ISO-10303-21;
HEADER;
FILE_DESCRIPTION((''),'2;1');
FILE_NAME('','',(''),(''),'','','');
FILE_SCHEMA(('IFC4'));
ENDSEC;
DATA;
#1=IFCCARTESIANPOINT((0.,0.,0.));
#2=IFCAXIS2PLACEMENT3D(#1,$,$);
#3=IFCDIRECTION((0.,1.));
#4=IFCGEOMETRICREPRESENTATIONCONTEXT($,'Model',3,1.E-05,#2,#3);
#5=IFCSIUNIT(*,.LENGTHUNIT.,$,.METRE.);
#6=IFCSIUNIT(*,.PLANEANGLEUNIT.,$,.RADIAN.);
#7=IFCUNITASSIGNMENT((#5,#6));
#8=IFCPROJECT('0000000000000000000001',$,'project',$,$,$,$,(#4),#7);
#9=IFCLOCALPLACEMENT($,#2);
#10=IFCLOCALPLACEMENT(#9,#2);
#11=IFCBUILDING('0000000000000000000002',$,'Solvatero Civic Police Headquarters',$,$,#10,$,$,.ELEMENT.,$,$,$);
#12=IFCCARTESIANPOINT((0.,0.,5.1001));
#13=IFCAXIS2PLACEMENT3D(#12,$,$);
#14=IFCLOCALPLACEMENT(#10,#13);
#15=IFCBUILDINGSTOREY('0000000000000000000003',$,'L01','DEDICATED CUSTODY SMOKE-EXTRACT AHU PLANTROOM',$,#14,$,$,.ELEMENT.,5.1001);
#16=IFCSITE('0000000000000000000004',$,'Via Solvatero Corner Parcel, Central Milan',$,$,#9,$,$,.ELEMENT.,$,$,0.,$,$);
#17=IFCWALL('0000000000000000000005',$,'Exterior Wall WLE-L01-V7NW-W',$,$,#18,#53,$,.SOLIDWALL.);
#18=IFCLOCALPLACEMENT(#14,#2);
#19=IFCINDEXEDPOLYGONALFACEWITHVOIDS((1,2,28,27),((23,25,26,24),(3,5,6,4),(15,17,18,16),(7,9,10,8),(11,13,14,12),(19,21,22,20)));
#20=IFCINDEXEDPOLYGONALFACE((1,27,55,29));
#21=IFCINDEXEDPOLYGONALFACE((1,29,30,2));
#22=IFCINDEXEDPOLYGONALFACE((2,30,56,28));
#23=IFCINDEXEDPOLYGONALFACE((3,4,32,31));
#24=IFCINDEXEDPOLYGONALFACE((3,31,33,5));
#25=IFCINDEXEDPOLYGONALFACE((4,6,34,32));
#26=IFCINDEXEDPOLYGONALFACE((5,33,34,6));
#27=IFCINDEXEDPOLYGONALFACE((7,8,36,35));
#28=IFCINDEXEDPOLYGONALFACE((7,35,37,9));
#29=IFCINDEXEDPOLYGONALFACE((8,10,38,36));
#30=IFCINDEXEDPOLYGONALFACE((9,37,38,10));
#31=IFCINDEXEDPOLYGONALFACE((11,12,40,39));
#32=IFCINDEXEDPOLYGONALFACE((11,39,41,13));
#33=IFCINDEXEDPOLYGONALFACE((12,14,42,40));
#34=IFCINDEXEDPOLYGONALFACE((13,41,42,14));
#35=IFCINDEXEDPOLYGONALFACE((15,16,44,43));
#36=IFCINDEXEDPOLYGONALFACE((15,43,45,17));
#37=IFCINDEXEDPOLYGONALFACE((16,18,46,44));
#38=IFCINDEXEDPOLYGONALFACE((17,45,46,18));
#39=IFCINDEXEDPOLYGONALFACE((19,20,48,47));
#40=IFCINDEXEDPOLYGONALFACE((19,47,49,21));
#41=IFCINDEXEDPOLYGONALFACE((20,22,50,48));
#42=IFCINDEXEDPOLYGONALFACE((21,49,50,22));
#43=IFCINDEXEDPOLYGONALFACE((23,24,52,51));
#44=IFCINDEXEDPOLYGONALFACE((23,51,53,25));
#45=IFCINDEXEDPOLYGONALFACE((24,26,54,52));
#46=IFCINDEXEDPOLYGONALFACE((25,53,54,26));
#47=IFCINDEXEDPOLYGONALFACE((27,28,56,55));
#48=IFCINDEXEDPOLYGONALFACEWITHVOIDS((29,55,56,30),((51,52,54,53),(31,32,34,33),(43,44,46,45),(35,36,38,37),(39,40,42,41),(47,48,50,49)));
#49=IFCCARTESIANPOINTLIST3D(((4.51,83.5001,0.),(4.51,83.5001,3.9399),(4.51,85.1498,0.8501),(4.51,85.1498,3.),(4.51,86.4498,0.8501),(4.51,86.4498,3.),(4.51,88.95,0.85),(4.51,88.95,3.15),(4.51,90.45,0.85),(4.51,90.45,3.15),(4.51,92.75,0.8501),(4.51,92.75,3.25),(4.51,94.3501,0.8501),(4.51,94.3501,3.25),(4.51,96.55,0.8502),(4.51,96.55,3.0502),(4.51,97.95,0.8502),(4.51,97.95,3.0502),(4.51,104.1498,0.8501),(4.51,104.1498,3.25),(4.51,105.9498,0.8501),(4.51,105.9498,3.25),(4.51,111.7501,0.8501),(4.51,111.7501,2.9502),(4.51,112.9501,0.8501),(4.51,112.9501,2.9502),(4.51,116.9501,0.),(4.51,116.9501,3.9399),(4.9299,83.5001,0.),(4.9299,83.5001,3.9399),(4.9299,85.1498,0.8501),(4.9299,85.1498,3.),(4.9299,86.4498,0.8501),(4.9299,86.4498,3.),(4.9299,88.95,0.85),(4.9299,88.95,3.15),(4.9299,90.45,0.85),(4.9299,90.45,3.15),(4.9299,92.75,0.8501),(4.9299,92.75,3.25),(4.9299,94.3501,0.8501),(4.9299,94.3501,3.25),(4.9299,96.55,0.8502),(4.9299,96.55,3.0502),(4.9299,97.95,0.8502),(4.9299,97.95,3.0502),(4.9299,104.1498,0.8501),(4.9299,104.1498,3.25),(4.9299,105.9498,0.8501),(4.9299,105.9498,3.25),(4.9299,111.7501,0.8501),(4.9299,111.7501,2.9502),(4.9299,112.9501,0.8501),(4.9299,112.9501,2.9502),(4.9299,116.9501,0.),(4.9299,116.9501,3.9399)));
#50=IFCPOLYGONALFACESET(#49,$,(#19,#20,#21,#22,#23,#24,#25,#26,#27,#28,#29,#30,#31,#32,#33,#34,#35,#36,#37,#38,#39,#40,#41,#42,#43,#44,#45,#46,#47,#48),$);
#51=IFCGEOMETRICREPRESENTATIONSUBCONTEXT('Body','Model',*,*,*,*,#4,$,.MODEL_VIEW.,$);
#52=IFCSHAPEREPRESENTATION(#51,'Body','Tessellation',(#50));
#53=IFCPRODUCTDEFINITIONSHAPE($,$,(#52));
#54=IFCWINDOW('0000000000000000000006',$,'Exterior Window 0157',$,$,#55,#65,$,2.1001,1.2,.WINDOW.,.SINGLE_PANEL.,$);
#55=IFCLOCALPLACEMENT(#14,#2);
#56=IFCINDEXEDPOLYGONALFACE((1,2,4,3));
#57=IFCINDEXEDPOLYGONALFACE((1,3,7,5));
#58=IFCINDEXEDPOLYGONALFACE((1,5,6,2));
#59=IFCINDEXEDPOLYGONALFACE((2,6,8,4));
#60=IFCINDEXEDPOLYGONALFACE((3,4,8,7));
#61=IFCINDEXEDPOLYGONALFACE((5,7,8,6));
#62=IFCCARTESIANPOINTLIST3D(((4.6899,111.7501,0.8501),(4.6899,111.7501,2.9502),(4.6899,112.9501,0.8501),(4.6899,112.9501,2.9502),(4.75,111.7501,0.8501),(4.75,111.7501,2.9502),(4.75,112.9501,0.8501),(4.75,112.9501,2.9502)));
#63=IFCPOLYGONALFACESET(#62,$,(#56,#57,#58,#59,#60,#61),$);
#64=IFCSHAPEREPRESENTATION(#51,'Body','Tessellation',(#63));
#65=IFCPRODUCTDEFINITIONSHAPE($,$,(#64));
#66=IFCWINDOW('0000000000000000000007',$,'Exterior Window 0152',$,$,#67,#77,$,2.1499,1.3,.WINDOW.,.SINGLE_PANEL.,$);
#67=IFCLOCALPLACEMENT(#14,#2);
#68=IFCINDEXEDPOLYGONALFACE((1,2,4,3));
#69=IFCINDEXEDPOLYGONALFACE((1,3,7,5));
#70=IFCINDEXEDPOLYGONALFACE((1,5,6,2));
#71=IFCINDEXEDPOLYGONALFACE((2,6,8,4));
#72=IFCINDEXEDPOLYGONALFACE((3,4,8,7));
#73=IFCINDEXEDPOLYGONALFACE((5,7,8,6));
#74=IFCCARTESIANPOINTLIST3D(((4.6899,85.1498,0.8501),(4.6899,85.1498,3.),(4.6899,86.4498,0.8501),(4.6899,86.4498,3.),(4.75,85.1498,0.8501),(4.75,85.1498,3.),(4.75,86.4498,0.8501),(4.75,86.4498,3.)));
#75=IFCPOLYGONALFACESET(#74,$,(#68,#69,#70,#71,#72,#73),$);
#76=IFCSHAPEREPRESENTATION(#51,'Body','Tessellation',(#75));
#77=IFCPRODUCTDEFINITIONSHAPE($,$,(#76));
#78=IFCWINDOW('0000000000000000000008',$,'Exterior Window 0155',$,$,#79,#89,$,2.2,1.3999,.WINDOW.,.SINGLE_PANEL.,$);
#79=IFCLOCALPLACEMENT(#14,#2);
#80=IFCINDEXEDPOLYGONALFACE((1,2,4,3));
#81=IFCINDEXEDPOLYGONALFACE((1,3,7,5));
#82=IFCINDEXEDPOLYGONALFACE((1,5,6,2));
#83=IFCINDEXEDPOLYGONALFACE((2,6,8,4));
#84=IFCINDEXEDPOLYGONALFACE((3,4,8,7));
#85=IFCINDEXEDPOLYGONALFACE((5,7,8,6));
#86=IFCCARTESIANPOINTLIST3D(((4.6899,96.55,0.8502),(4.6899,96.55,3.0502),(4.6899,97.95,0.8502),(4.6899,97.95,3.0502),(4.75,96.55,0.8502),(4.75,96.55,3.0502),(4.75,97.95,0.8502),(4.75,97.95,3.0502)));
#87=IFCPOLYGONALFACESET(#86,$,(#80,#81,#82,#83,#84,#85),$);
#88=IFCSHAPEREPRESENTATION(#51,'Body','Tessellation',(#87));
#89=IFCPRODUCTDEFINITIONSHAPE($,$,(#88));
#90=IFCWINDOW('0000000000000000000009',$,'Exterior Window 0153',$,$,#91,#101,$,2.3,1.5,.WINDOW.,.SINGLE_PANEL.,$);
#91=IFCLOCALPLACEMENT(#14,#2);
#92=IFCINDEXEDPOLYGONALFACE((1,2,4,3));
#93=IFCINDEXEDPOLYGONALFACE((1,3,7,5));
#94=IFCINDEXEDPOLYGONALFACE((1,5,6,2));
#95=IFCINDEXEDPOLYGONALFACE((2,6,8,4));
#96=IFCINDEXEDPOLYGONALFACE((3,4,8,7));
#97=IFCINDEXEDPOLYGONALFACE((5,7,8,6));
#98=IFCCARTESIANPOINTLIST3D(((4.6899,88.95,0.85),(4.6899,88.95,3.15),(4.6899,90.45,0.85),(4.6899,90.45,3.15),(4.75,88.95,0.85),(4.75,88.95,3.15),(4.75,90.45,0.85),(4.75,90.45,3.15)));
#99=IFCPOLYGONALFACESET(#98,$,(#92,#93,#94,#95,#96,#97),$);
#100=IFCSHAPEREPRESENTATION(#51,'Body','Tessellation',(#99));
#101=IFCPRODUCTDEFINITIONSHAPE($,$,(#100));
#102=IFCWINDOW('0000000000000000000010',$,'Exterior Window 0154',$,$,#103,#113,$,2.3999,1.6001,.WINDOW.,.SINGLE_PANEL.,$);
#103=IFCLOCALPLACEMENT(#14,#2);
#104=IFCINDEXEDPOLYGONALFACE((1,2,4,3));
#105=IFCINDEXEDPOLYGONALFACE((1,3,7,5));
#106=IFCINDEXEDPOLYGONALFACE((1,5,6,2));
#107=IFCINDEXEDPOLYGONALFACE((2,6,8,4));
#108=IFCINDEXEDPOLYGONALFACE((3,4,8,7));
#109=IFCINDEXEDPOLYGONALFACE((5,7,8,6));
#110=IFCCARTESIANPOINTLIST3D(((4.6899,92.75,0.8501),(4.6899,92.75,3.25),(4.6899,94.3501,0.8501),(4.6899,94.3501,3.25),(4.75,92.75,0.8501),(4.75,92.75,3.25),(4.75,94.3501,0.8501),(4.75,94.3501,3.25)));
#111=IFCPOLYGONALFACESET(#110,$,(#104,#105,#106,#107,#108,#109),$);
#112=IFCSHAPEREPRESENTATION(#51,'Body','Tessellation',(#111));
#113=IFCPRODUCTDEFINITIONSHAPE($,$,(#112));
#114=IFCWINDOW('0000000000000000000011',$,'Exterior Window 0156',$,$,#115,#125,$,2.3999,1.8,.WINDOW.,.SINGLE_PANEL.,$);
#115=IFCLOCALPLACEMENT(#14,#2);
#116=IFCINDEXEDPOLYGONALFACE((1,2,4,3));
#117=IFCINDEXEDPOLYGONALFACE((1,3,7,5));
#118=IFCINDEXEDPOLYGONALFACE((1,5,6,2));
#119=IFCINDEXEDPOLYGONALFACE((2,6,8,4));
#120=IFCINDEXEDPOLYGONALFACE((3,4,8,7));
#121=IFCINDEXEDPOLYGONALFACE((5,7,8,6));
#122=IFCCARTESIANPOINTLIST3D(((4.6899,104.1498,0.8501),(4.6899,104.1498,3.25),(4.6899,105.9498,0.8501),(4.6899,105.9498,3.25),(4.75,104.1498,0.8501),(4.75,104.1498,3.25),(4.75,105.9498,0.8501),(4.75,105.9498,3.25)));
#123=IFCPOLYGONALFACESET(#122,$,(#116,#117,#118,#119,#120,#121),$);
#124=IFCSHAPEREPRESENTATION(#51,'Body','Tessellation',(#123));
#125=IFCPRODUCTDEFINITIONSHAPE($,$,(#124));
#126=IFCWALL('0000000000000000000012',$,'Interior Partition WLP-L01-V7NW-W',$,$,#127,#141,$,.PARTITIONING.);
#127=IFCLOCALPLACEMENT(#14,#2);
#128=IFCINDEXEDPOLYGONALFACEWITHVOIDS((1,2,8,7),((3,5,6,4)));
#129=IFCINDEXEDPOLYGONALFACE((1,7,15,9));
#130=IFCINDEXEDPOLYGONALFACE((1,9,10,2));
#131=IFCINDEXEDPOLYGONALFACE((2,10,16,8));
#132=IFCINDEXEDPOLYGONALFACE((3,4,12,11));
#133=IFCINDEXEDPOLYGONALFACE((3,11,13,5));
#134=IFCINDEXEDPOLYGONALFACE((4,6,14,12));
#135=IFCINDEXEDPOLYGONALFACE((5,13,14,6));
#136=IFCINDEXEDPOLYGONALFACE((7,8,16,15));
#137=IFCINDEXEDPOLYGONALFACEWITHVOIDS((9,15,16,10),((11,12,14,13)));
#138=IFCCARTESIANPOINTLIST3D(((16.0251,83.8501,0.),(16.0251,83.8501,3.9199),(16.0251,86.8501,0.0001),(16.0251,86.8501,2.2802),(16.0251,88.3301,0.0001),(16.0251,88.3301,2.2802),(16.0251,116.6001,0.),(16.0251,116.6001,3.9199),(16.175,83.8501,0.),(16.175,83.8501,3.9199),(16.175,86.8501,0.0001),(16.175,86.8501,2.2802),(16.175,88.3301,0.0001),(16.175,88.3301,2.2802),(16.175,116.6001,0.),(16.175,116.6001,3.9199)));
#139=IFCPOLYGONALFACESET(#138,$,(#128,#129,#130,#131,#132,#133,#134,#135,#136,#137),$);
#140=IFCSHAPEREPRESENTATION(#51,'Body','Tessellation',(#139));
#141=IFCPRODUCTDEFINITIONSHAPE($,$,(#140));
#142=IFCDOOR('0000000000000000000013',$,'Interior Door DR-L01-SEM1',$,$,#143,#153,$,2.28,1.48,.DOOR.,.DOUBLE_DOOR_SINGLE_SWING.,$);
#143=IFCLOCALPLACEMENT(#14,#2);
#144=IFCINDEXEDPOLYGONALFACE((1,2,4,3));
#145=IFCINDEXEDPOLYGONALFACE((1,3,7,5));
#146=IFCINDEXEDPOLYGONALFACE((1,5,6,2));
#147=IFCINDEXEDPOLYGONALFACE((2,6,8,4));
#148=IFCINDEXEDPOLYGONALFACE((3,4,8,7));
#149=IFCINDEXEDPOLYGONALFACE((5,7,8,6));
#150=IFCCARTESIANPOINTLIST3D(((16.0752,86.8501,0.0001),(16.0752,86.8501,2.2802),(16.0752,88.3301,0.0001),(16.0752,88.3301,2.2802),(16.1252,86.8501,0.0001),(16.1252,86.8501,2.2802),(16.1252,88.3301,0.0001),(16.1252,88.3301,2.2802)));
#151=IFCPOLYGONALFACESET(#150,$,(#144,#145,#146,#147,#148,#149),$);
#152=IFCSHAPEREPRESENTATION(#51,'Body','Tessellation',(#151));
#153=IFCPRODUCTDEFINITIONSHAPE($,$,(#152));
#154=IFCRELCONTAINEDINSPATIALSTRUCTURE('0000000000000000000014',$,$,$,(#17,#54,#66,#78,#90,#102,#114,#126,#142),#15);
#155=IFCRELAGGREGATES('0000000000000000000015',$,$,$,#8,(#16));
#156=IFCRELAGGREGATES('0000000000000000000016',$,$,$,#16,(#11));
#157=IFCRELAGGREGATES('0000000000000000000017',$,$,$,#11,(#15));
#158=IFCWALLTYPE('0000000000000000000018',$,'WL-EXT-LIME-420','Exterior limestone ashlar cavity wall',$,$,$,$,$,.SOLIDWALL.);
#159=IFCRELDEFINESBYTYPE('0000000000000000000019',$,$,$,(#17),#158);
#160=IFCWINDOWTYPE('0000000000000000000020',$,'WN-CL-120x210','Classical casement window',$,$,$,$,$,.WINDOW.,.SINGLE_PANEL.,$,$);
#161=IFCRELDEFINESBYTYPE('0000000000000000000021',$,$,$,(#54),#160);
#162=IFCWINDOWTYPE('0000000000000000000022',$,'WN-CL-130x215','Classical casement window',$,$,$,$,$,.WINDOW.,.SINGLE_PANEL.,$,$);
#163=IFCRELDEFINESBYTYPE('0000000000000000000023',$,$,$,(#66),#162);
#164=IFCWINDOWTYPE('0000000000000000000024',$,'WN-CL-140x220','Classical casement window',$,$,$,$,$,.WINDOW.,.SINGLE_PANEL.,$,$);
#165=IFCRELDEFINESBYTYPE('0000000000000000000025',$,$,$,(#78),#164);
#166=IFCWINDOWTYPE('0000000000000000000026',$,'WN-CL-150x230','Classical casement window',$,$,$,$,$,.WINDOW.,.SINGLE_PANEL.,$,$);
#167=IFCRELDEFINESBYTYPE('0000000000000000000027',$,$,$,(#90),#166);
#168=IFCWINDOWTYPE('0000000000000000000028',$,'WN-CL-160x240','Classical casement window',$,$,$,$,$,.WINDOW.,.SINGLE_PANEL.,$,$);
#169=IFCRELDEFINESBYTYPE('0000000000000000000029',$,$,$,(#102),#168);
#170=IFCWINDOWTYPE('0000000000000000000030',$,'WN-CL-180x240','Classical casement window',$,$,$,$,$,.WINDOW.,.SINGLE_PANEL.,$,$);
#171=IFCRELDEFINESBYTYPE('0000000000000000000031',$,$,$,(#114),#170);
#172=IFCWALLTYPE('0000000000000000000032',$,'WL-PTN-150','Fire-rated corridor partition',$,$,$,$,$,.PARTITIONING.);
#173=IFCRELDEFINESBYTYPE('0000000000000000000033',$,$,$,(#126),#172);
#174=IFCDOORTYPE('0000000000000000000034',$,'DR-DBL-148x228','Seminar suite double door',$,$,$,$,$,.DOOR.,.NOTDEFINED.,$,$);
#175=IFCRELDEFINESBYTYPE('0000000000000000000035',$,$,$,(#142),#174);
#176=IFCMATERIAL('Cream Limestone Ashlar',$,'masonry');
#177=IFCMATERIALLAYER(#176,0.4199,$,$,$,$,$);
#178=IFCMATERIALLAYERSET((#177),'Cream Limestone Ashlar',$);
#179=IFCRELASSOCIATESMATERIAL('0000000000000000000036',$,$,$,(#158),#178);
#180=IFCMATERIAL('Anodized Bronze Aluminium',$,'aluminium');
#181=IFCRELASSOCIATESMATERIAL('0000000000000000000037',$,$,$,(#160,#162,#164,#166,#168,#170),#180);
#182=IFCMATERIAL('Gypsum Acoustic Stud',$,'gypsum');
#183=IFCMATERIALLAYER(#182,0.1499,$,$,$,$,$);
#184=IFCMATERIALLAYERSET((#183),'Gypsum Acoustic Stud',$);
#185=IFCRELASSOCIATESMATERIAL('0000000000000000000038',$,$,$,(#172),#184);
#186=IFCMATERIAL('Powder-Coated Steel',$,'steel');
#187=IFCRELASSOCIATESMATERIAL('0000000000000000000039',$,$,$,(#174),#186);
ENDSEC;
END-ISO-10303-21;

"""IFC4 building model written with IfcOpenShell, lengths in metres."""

from ifc_helpers import new_model, si_unit, direction, frame, frame_2d, origin, place, context, subcontext, project, spatial, rectangle, extrude, material, layer, layer_set, type_object, element, fill, save


model = new_model("IFC4")

# Units and contexts
model_context = context("Model", 3, precision=1e-05, world=origin(), true_north=direction((0.0, 1.0)))
body_context = subcontext(model_context, "Body", "Model", "MODEL_VIEW")
ifc_project = project(units=[si_unit("LENGTHUNIT", "METRE"), si_unit("PLANEANGLEUNIT", "RADIAN")], contexts=[model_context])

# Site, building, storey
site_placement = place(None, origin())
site = spatial("IfcSite", under=ifc_project, at=site_placement, Name="Via Solvatero Corner Parcel, Central Milan", CompositionType="ELEMENT", RefElevation=0.0)
building_placement = place(site_placement, origin())
building = spatial("IfcBuilding", under=site, at=building_placement, Name="Solvatero Civic Police Headquarters", CompositionType="ELEMENT")
storey_placement = place(building_placement, frame((0.0, 0.0, 5.1001)))
storey = spatial("IfcBuildingStorey", under=building, at=storey_placement, Name="L01", Description="DEDICATED CUSTODY SMOKE-EXTRACT AHU PLANTROOM", CompositionType="ELEMENT", Elevation=5.1001)

# Wall, openings, windows
ifc_material_1 = material(Name="Cream Limestone Ashlar", Category="masonry")
ifc_layer_1 = layer(ifc_material_1, 0.4199)
ifc_layer_set_1 = layer_set([ifc_layer_1], Name="Cream Limestone Ashlar")
wall_type_1 = type_object("IfcWallType", Name="WL-EXT-LIME-420", Description="Exterior limestone ashlar cavity wall", PredefinedType="SOLIDWALL", material=ifc_layer_set_1)
wall_1_placement = place(storey_placement, frame((4.72, 83.5, 0.0), z_axis=(0.0, 0.0, 1.0), x_axis=(0.0, 1.0, 0.0)))
wall_1 = element("IfcWall", 1, at=wall_1_placement, inside=storey, type_object=wall_type_1, Name="Exterior Wall WLE-L01-V7NW-W", PredefinedType="SOLIDWALL", context=body_context, shape_type="SweptSolid", body=[
    extrude(rectangle(XDim=33.45, YDim=0.4199, at=frame_2d((16.7251, 0.0))), origin(), (0.0, 0.0, 1.0), 3.9399),
])
opening_1_placement = place(wall_1_placement, frame((1.6499, 0.0, 0.8501)))
opening_1 = element("IfcOpeningElement", 2, at=opening_1_placement, cuts=wall_1, PredefinedType="OPENING", context=body_context, shape_type="SweptSolid", body=[
    extrude(rectangle(XDim=1.3, YDim=2.1499, at=frame_2d((0.6499, 1.075))), frame((0.0, 0.22, 0.0), z_axis=(0.0, -1.0, 0.0), x_axis=(1.0, 0.0, 0.0)), (0.0, 0.0, 1.0), 0.4399),
])
opening_2_placement = place(wall_1_placement, frame((5.45, 0.0, 0.8501)))
opening_2 = element("IfcOpeningElement", 3, at=opening_2_placement, cuts=wall_1, PredefinedType="OPENING", context=body_context, shape_type="SweptSolid", body=[
    extrude(rectangle(XDim=1.5, YDim=2.3, at=frame_2d((0.75, 1.1499))), frame((0.0, 0.22, 0.0), z_axis=(0.0, -1.0, 0.0), x_axis=(1.0, 0.0, 0.0)), (0.0, 0.0, 1.0), 0.4399),
])
opening_3_placement = place(wall_1_placement, frame((9.25, 0.0, 0.8501)))
opening_3 = element("IfcOpeningElement", 4, at=opening_3_placement, cuts=wall_1, PredefinedType="OPENING", context=body_context, shape_type="SweptSolid", body=[
    extrude(rectangle(XDim=1.6001, YDim=2.3999, at=frame_2d((0.8, 1.2))), frame((0.0, 0.22, 0.0), z_axis=(0.0, -1.0, 0.0), x_axis=(1.0, 0.0, 0.0)), (0.0, 0.0, 1.0), 0.4399),
])
opening_4_placement = place(wall_1_placement, frame((13.05, 0.0, 0.8501)))
opening_4 = element("IfcOpeningElement", 5, at=opening_4_placement, cuts=wall_1, PredefinedType="OPENING", context=body_context, shape_type="SweptSolid", body=[
    extrude(rectangle(XDim=1.3999, YDim=2.2, at=frame_2d((0.7, 1.1001))), frame((0.0, 0.22, 0.0), z_axis=(0.0, -1.0, 0.0), x_axis=(1.0, 0.0, 0.0)), (0.0, 0.0, 1.0), 0.4399),
])
opening_5_placement = place(wall_1_placement, frame((20.6499, 0.0, 0.8501)))
opening_5 = element("IfcOpeningElement", 6, at=opening_5_placement, cuts=wall_1, PredefinedType="OPENING", context=body_context, shape_type="SweptSolid", body=[
    extrude(rectangle(XDim=1.8, YDim=2.3999, at=frame_2d((0.8999, 1.2))), frame((0.0, 0.22, 0.0), z_axis=(0.0, -1.0, 0.0), x_axis=(1.0, 0.0, 0.0)), (0.0, 0.0, 1.0), 0.4399),
])
opening_6_placement = place(wall_1_placement, frame((28.25, 0.0, 0.8501)))
opening_6 = element("IfcOpeningElement", 7, at=opening_6_placement, cuts=wall_1, PredefinedType="OPENING", context=body_context, shape_type="SweptSolid", body=[
    extrude(rectangle(XDim=1.2, YDim=2.1001, at=frame_2d((0.6001, 1.05))), frame((0.0, 0.22, 0.0), z_axis=(0.0, -1.0, 0.0), x_axis=(1.0, 0.0, 0.0)), (0.0, 0.0, 1.0), 0.4399),
])
ifc_material_2 = material(Name="Anodized Bronze Aluminium", Category="aluminium")
window_type_1 = type_object("IfcWindowType", Name="WN-CL-120x210", Description="Classical casement window", PartitioningType="SINGLE_PANEL", PredefinedType="WINDOW", material=ifc_material_2)
window_1_placement = place(opening_6_placement, origin())
window_1 = element("IfcWindow", 8, at=window_1_placement, inside=storey, type_object=window_type_1, Name="Exterior Window 0157", OverallHeight=2.1001, OverallWidth=1.2, PartitioningType="SINGLE_PANEL", PredefinedType="WINDOW", context=body_context, shape_type="SweptSolid", body=[
    extrude(rectangle(XDim=1.2, YDim=2.1001, at=frame_2d((0.6001, 1.05))), frame((0.0, 0.03, 0.0), z_axis=(0.0, -1.0, 0.0), x_axis=(1.0, 0.0, 0.0)), (0.0, 0.0, 1.0), 0.0601),
])
fill(opening_6, window_1)
window_type_2 = type_object("IfcWindowType", Name="WN-CL-130x215", Description="Classical casement window", PartitioningType="SINGLE_PANEL", PredefinedType="WINDOW", material=ifc_material_2)
window_2_placement = place(opening_1_placement, origin())
window_2 = element("IfcWindow", 9, at=window_2_placement, inside=storey, type_object=window_type_2, Name="Exterior Window 0152", OverallHeight=2.1499, OverallWidth=1.3, PartitioningType="SINGLE_PANEL", PredefinedType="WINDOW", context=body_context, shape_type="SweptSolid", body=[
    extrude(rectangle(XDim=1.3, YDim=2.1499, at=frame_2d((0.6499, 1.075))), frame((0.0, 0.03, 0.0), z_axis=(0.0, -1.0, 0.0), x_axis=(1.0, 0.0, 0.0)), (0.0, 0.0, 1.0), 0.0601),
])
fill(opening_1, window_2)
window_type_3 = type_object("IfcWindowType", Name="WN-CL-140x220", Description="Classical casement window", PartitioningType="SINGLE_PANEL", PredefinedType="WINDOW", material=ifc_material_2)
window_3_placement = place(opening_4_placement, origin())
window_3 = element("IfcWindow", 10, at=window_3_placement, inside=storey, type_object=window_type_3, Name="Exterior Window 0155", OverallHeight=2.2, OverallWidth=1.3999, PartitioningType="SINGLE_PANEL", PredefinedType="WINDOW", context=body_context, shape_type="SweptSolid", body=[
    extrude(rectangle(XDim=1.3999, YDim=2.2, at=frame_2d((0.7, 1.1001))), frame((0.0, 0.03, 0.0), z_axis=(0.0, -1.0, 0.0), x_axis=(1.0, 0.0, 0.0)), (0.0, 0.0, 1.0), 0.0601),
])
fill(opening_4, window_3)
window_type_4 = type_object("IfcWindowType", Name="WN-CL-150x230", Description="Classical casement window", PartitioningType="SINGLE_PANEL", PredefinedType="WINDOW", material=ifc_material_2)
window_4_placement = place(opening_2_placement, origin())
window_4 = element("IfcWindow", 11, at=window_4_placement, inside=storey, type_object=window_type_4, Name="Exterior Window 0153", OverallHeight=2.3, OverallWidth=1.5, PartitioningType="SINGLE_PANEL", PredefinedType="WINDOW", context=body_context, shape_type="SweptSolid", body=[
    extrude(rectangle(XDim=1.5, YDim=2.3, at=frame_2d((0.75, 1.1499))), frame((0.0, 0.03, 0.0), z_axis=(0.0, -1.0, 0.0), x_axis=(1.0, 0.0, 0.0)), (0.0, 0.0, 1.0), 0.0601),
])
fill(opening_2, window_4)
window_type_5 = type_object("IfcWindowType", Name="WN-CL-160x240", Description="Classical casement window", PartitioningType="SINGLE_PANEL", PredefinedType="WINDOW", material=ifc_material_2)
window_5_placement = place(opening_3_placement, origin())
window_5 = element("IfcWindow", 12, at=window_5_placement, inside=storey, type_object=window_type_5, Name="Exterior Window 0154", OverallHeight=2.3999, OverallWidth=1.6001, PartitioningType="SINGLE_PANEL", PredefinedType="WINDOW", context=body_context, shape_type="SweptSolid", body=[
    extrude(rectangle(XDim=1.6001, YDim=2.3999, at=frame_2d((0.8, 1.2))), frame((0.0, 0.03, 0.0), z_axis=(0.0, -1.0, 0.0), x_axis=(1.0, 0.0, 0.0)), (0.0, 0.0, 1.0), 0.0601),
])
fill(opening_3, window_5)
window_type_6 = type_object("IfcWindowType", Name="WN-CL-180x240", Description="Classical casement window", PartitioningType="SINGLE_PANEL", PredefinedType="WINDOW", material=ifc_material_2)
window_6_placement = place(opening_5_placement, origin())
window_6 = element("IfcWindow", 13, at=window_6_placement, inside=storey, type_object=window_type_6, Name="Exterior Window 0156", OverallHeight=2.3999, OverallWidth=1.8, PartitioningType="SINGLE_PANEL", PredefinedType="WINDOW", context=body_context, shape_type="SweptSolid", body=[
    extrude(rectangle(XDim=1.8, YDim=2.3999, at=frame_2d((0.8999, 1.2))), frame((0.0, 0.03, 0.0), z_axis=(0.0, -1.0, 0.0), x_axis=(1.0, 0.0, 0.0)), (0.0, 0.0, 1.0), 0.0601),
])
fill(opening_5, window_6)

# Wall, opening, door
ifc_material_3 = material(Name="Gypsum Acoustic Stud", Category="gypsum")
ifc_layer_2 = layer(ifc_material_3, 0.1499)
ifc_layer_set_2 = layer_set([ifc_layer_2], Name="Gypsum Acoustic Stud")
wall_type_2 = type_object("IfcWallType", Name="WL-PTN-150", Description="Fire-rated corridor partition", PredefinedType="PARTITIONING", material=ifc_layer_set_2)
wall_2_placement = place(storey_placement, frame((16.1001, 83.8501, 0.0), z_axis=(0.0, 0.0, 1.0), x_axis=(0.0, 1.0, 0.0)))
wall_2 = element("IfcWall", 14, at=wall_2_placement, inside=storey, type_object=wall_type_2, Name="Interior Partition WLP-L01-V7NW-W", PredefinedType="PARTITIONING", context=body_context, shape_type="SweptSolid", body=[
    extrude(rectangle(XDim=32.75, YDim=0.1499, at=frame_2d((16.375, 0.0))), origin(), (0.0, 0.0, 1.0), 3.9199),
])
opening_7_placement = place(wall_2_placement, frame((3.0, 0.0, 0.0)))
opening_7 = element("IfcOpeningElement", 15, at=opening_7_placement, cuts=wall_2, PredefinedType="OPENING", context=body_context, shape_type="SweptSolid", body=[
    extrude(rectangle(XDim=1.48, YDim=2.28, at=frame_2d((0.74, 1.1401))), frame((0.0, 0.085, 0.0), z_axis=(0.0, -1.0, 0.0), x_axis=(1.0, 0.0, 0.0)), (0.0, 0.0, 1.0), 0.1699),
])
ifc_material_4 = material(Name="Powder-Coated Steel", Category="steel")
door_type = type_object("IfcDoorType", Name="DR-DBL-148x228", Description="Seminar suite double door", OperationType="NOTDEFINED", PredefinedType="DOOR", material=ifc_material_4)
door_placement = place(opening_7_placement, origin())
door = element("IfcDoor", 16, at=door_placement, inside=storey, type_object=door_type, Name="Interior Door DR-L01-SEM1", OperationType="DOUBLE_DOOR_SINGLE_SWING", OverallHeight=2.28, OverallWidth=1.48, PredefinedType="DOOR", context=body_context, shape_type="SweptSolid", body=[
    extrude(rectangle(XDim=1.48, YDim=2.28, at=frame_2d((0.74, 1.1401))), frame((0.0, 0.0249, 0.0), z_axis=(0.0, -1.0, 0.0), x_axis=(1.0, 0.0, 0.0)), (0.0, 0.0, 1.0), 0.05),
])
fill(opening_7, door)

save(model, "model.ifc")
